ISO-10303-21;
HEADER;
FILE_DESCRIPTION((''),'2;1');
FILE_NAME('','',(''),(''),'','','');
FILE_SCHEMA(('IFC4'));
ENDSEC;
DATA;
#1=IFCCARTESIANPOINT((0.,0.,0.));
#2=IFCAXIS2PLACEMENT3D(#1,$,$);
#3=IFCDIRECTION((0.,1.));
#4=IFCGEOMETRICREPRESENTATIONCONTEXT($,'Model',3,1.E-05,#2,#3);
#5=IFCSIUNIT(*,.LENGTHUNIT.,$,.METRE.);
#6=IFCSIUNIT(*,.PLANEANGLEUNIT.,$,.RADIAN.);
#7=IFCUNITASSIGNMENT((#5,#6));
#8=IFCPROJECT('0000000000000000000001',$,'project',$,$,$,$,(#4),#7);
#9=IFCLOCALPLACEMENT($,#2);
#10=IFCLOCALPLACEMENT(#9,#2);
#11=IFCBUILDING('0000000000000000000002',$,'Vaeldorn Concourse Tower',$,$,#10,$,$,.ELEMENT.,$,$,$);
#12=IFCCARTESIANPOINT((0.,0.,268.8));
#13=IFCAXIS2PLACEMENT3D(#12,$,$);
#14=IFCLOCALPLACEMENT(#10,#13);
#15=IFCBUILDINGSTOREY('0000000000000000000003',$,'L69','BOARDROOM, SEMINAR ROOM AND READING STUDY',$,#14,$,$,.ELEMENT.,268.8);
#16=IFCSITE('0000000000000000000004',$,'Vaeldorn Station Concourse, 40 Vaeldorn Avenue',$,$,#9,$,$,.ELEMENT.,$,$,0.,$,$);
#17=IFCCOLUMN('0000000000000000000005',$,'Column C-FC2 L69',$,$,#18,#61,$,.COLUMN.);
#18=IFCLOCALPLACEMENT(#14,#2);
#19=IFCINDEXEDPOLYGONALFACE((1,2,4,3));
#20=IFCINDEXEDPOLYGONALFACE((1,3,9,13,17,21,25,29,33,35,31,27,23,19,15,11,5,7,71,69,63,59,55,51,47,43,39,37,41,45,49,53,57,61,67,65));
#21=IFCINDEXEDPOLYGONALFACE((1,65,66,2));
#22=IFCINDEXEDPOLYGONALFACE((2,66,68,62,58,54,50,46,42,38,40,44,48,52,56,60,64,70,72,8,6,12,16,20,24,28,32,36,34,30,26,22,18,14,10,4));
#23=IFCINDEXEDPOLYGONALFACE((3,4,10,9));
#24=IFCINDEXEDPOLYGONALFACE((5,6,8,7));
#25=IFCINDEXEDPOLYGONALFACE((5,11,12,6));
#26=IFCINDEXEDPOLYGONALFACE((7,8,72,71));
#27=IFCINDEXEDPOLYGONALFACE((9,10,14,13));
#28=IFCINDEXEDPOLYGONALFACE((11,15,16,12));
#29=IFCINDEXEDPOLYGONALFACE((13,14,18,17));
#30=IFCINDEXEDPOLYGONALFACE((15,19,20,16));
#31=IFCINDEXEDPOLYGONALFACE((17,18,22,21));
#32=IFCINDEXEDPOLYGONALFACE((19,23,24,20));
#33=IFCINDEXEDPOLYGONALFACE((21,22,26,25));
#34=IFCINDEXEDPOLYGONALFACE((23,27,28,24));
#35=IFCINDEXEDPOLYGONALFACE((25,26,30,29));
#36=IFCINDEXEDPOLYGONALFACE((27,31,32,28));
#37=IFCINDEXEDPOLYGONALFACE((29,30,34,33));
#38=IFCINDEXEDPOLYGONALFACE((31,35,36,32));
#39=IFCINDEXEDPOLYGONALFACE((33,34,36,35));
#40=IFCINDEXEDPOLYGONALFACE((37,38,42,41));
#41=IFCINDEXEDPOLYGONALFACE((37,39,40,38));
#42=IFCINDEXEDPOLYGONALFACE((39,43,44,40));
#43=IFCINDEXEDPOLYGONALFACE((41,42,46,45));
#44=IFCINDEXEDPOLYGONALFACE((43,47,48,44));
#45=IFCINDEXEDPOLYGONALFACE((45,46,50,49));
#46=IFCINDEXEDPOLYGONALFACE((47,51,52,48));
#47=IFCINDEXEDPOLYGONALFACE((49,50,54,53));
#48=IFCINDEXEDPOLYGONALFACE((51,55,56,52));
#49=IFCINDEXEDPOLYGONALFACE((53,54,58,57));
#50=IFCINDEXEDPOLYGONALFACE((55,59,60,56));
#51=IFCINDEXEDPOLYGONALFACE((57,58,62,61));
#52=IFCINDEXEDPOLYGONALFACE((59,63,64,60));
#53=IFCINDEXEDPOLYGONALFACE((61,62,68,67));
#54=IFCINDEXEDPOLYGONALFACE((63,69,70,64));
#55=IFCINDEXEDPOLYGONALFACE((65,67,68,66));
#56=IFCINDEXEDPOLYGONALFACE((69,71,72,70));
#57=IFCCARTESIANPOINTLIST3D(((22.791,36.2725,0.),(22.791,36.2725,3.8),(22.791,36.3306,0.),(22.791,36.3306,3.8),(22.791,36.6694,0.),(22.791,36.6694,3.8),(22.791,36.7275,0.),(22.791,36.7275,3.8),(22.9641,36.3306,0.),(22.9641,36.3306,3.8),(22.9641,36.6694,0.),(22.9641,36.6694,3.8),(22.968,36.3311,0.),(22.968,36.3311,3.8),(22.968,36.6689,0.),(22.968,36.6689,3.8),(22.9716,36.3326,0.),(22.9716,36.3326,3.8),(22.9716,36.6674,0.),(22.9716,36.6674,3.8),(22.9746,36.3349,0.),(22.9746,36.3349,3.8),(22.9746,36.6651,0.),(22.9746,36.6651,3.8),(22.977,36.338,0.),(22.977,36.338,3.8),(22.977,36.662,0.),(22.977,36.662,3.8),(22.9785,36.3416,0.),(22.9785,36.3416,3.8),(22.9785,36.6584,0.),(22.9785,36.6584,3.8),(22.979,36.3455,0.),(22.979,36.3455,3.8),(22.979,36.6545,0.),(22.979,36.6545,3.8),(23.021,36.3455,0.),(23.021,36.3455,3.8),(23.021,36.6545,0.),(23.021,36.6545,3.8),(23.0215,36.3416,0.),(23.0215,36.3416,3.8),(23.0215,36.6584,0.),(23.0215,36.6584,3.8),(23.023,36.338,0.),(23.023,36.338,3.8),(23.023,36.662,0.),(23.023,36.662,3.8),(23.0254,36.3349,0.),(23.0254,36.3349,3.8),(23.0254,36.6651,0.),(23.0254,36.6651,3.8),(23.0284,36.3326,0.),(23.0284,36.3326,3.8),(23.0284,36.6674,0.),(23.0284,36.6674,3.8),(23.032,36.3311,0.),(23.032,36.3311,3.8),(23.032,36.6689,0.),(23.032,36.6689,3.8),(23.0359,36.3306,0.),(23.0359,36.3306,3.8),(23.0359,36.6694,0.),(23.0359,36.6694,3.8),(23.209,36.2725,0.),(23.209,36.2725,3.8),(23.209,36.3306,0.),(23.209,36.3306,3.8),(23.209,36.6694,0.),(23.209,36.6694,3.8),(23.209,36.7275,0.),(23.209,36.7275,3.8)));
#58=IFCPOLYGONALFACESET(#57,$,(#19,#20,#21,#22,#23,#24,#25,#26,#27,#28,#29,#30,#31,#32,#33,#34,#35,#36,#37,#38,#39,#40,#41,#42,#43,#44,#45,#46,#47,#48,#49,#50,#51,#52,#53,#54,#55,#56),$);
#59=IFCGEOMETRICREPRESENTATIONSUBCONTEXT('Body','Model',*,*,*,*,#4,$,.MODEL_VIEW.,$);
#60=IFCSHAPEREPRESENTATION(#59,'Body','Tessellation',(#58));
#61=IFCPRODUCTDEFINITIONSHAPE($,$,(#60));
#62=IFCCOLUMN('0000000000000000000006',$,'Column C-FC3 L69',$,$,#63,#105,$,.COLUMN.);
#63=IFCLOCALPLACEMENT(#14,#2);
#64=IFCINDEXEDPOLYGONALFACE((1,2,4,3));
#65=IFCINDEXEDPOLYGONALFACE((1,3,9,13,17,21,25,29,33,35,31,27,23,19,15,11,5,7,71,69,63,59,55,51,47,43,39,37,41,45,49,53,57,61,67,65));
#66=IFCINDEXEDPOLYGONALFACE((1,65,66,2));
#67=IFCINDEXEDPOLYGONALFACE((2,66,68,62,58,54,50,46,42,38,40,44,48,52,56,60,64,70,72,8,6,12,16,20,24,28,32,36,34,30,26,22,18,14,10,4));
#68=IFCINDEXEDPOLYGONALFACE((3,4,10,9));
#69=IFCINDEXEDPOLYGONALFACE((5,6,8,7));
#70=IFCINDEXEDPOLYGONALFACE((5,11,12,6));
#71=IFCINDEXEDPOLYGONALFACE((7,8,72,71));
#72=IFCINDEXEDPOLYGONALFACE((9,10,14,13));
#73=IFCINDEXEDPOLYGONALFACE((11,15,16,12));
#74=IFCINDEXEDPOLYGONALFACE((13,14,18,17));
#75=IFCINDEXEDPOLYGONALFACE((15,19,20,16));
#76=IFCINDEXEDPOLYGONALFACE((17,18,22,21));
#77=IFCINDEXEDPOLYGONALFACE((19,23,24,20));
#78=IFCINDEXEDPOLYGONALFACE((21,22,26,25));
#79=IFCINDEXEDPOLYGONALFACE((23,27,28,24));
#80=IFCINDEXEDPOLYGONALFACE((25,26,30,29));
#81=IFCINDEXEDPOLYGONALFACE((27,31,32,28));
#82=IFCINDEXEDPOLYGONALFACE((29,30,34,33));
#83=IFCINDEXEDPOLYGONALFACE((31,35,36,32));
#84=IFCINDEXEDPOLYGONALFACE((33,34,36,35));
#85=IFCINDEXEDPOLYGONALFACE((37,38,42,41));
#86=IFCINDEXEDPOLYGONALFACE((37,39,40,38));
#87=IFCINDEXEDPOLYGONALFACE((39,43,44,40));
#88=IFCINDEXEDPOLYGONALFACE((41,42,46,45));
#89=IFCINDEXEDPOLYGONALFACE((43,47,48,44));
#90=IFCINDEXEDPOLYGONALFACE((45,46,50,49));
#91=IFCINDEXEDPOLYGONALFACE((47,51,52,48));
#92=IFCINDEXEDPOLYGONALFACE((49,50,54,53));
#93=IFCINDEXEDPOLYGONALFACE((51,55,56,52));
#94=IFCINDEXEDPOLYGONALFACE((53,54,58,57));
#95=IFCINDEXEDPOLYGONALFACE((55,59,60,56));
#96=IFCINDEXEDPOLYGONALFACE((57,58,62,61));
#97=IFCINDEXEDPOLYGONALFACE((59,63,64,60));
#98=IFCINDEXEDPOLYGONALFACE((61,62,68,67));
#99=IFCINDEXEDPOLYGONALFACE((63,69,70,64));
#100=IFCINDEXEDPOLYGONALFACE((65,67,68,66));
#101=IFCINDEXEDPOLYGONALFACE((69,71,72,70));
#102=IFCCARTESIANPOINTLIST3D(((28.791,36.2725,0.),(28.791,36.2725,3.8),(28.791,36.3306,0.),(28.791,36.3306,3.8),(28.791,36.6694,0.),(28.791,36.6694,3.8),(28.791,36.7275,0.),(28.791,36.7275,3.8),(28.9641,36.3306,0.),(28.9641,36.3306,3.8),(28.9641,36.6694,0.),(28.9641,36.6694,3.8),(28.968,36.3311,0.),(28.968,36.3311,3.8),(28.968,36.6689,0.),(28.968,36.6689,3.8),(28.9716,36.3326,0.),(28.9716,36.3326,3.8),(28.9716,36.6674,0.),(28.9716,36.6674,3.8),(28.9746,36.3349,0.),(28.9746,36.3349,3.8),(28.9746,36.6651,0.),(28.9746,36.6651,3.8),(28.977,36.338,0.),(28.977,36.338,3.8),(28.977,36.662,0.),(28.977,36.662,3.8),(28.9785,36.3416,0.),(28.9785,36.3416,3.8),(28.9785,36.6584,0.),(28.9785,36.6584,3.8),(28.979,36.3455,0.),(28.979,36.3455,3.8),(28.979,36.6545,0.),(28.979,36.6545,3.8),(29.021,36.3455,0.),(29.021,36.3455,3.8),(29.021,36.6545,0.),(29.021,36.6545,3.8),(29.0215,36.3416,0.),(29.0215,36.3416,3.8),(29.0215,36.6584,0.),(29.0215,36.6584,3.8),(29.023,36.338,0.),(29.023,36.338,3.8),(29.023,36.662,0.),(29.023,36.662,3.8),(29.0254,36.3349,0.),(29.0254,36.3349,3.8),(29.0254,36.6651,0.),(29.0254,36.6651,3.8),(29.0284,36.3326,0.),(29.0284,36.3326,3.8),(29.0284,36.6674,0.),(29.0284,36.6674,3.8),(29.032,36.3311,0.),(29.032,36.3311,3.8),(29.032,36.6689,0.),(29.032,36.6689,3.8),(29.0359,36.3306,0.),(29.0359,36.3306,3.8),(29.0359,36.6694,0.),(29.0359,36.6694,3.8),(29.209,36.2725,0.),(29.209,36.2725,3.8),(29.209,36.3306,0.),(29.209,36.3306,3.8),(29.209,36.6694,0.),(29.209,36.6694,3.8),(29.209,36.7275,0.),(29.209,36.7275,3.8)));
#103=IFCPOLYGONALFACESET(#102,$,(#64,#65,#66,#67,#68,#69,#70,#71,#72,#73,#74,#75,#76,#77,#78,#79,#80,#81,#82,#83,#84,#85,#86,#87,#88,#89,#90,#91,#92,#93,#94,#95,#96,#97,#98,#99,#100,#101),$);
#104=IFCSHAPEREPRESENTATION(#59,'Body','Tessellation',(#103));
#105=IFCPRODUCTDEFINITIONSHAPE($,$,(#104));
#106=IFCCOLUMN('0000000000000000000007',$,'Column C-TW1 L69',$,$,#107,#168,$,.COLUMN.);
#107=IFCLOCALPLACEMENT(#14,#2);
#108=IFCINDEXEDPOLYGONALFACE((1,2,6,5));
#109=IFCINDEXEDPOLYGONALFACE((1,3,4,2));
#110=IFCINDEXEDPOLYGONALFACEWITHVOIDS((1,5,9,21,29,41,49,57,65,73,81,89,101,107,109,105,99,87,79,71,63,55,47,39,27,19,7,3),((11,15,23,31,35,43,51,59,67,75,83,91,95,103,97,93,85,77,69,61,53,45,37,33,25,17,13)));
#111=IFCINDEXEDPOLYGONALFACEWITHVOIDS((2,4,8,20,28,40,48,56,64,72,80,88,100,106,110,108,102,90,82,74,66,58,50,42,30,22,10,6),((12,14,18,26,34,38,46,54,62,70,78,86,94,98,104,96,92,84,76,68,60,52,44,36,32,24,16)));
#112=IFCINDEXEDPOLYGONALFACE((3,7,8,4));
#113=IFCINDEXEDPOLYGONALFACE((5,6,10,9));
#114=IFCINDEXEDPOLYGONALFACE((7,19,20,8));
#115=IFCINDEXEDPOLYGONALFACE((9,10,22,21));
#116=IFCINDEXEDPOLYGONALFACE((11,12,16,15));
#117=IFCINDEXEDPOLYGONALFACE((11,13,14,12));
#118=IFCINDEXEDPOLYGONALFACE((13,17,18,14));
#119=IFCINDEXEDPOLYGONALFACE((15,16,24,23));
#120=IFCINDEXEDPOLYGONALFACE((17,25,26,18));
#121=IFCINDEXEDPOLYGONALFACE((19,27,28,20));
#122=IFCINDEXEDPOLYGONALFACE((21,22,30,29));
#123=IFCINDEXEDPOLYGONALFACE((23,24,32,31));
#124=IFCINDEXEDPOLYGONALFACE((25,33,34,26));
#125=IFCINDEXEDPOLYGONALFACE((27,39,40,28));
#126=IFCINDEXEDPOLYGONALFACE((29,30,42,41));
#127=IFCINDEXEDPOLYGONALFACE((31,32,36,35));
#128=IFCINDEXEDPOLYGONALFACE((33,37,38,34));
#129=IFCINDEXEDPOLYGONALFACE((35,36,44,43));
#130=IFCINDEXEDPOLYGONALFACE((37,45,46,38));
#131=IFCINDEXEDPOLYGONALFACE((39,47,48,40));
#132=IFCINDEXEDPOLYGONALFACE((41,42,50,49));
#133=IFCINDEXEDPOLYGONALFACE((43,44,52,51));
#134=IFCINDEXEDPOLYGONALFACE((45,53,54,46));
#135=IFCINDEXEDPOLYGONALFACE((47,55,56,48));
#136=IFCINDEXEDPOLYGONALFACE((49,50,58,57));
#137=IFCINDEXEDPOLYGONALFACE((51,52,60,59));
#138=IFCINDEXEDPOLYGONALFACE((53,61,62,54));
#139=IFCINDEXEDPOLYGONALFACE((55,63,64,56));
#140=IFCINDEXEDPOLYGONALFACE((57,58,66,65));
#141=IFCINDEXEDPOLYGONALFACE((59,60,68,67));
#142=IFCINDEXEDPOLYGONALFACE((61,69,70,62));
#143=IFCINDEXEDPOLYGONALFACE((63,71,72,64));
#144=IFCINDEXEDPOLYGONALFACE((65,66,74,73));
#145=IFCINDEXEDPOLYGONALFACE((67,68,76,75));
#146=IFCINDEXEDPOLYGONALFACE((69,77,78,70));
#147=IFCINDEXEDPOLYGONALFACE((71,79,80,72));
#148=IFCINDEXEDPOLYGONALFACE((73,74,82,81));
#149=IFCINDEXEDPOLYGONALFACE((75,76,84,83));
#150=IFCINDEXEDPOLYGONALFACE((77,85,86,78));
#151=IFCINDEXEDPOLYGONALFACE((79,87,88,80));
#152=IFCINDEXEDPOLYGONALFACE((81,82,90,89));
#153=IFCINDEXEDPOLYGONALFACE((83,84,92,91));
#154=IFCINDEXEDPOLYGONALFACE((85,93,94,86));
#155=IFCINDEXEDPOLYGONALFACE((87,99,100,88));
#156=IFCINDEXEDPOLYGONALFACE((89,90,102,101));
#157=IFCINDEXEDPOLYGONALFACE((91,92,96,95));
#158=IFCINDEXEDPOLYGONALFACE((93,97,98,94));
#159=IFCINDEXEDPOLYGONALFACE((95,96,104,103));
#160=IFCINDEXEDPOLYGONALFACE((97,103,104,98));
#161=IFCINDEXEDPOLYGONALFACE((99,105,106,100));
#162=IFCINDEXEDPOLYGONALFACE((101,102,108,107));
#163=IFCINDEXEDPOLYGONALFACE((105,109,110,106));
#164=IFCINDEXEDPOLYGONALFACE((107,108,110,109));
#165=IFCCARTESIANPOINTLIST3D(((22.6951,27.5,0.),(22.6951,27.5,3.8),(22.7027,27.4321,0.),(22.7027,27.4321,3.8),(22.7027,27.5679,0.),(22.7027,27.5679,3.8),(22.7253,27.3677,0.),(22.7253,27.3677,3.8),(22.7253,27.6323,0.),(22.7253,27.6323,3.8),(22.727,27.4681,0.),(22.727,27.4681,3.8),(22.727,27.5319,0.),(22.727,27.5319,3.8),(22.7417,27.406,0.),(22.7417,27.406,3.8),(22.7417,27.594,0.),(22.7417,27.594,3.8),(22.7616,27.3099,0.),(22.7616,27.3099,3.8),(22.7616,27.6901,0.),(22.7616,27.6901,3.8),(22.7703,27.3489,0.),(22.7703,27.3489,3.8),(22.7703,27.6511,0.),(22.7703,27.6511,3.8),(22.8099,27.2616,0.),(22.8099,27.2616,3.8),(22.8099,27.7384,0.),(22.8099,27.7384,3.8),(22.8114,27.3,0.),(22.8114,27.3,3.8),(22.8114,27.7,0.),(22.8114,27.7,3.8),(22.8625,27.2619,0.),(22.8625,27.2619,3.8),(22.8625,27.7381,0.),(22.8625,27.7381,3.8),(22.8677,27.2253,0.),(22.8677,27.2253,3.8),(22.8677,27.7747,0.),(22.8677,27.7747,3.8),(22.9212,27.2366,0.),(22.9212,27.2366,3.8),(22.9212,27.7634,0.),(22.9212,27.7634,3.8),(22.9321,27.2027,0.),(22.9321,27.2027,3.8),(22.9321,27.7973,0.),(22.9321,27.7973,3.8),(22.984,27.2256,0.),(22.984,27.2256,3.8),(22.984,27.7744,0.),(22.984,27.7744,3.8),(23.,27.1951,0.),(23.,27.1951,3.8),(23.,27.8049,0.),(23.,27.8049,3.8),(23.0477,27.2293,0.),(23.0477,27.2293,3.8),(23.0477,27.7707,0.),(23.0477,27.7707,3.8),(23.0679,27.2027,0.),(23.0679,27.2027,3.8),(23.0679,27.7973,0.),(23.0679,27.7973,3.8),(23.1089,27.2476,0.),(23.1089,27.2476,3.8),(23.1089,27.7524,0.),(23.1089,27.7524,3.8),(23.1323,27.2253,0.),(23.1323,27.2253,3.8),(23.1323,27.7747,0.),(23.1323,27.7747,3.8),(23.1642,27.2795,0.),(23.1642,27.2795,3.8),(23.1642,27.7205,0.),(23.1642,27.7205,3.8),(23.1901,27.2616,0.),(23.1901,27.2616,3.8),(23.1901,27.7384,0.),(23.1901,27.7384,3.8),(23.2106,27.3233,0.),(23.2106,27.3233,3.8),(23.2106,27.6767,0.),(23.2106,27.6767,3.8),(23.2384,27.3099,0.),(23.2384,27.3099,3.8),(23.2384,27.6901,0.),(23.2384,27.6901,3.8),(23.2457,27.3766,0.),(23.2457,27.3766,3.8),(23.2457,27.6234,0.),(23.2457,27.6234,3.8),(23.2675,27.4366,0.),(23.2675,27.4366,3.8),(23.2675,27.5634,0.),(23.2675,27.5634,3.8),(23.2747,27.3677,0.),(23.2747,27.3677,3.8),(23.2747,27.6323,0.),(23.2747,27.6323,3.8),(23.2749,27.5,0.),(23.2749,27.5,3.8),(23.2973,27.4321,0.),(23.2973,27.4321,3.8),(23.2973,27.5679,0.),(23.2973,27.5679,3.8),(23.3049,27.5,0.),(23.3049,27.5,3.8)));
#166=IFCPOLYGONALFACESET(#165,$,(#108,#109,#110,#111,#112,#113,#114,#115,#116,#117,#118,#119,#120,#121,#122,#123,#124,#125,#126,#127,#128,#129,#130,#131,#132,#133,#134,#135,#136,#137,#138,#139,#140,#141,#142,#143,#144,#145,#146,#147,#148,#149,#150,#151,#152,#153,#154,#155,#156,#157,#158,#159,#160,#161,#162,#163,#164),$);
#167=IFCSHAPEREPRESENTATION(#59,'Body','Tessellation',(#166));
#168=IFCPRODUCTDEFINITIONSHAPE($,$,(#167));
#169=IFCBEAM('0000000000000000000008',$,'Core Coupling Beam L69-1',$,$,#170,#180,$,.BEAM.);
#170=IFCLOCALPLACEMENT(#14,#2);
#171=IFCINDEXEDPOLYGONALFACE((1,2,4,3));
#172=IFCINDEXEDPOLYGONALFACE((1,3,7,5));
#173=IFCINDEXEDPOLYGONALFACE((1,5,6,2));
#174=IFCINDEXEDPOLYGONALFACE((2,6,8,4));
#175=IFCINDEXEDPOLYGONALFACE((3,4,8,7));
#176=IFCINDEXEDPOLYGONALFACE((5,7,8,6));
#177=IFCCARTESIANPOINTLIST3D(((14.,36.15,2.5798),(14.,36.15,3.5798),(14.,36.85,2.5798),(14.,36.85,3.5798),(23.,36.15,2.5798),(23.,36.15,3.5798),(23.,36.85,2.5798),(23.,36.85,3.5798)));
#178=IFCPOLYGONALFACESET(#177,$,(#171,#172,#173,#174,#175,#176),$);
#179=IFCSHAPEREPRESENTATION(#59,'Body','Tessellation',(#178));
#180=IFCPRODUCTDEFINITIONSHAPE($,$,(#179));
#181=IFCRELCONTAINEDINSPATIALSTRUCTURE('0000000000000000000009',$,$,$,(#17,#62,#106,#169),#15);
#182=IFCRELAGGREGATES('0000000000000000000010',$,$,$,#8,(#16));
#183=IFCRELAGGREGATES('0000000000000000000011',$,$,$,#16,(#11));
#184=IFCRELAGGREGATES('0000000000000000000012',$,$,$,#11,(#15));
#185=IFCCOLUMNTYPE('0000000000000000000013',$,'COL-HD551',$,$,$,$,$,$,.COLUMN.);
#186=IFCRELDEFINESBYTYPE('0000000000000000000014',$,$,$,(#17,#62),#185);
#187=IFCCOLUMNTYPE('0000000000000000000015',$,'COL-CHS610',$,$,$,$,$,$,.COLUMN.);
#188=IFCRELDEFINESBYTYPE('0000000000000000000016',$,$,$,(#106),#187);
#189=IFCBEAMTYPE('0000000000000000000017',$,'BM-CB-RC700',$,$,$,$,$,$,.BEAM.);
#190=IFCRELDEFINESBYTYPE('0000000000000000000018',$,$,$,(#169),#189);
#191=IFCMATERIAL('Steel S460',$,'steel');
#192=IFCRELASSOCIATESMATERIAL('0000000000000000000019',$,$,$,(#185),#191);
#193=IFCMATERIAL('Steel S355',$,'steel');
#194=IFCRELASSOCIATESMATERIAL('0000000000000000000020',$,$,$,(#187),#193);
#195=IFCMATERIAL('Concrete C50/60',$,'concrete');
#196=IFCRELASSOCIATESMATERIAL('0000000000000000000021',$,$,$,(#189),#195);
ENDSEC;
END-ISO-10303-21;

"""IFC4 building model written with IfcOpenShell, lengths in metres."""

from ifc_helpers import new_model, si_unit, direction, frame, origin, origin_2d, place, context, subcontext, project, spatial, rectangle, hollow_circle, i_section, extrude, source, transform, mapped, material, material_profile, profile_set, type_object, element, save


model = new_model("IFC4")

# Units and contexts
model_context = context("Model", 3, precision=1e-05, world=origin(), true_north=direction((0.0, 1.0)))
body_context = subcontext(model_context, "Body", "Model", "MODEL_VIEW")
ifc_project = project(units=[si_unit("LENGTHUNIT", "METRE"), si_unit("PLANEANGLEUNIT", "RADIAN")], contexts=[model_context])

# Site, building, storey
site_placement = place(None, origin())
site = spatial("IfcSite", under=ifc_project, at=site_placement, Name="Vaeldorn Station Concourse, 40 Vaeldorn Avenue", CompositionType="ELEMENT", RefElevation=0.0)
building_placement = place(site_placement, origin())
building = spatial("IfcBuilding", under=site, at=building_placement, Name="Vaeldorn Concourse Tower", CompositionType="ELEMENT")
storey_placement = place(building_placement, frame((0.0, 0.0, 268.8)))
storey = spatial("IfcBuildingStorey", under=building, at=storey_placement, Name="L69", Description="BOARDROOM, SEMINAR ROOM AND READING STUDY", CompositionType="ELEMENT", Elevation=268.8)

# Columns
ifc_material_1 = material(Name="Steel S460", Category="steel")
ifc_material_profile_1 = material_profile(ifc_material_1, i_section(OverallWidth=0.418, OverallDepth=0.4551, WebThickness=0.042, FlangeThickness=0.0581, FilletRadius=0.0149, at=origin_2d()), Name="HD 400x551")
ifc_profile_set_1 = profile_set([ifc_material_profile_1], Name="Steel S460")
column_type_1 = type_object("IfcColumnType", Name="COL-HD551", PredefinedType="COLUMN", material=ifc_profile_set_1)
shared_shape_1 = source(origin(), body_context, "Body", "SweptSolid", [
    extrude(i_section(OverallWidth=0.418, OverallDepth=0.4551, WebThickness=0.042, FlangeThickness=0.0581, FilletRadius=0.0149, at=origin_2d()), origin(), (0.0, 0.0, 1.0), 3.8),
])
for number, where, z_axis, x_axis, name in (
    (1, (23.0, 36.5, 0.0), (0.0, 0.0, 1.0), (1.0, 0.0, 0.0), "Column C-FC2 L69"),
    (2, (29.0, 36.5, 0.0), (0.0, 0.0, 1.0), (1.0, 0.0, 0.0), "Column C-FC3 L69"),
):
    element("IfcColumn", number, at=place(storey_placement, frame(where, z_axis=z_axis, x_axis=x_axis)), inside=storey, type_object=column_type_1, Name=name, PredefinedType="COLUMN", context=body_context, shape_type="MappedRepresentation", body=[
        mapped(shared_shape_1, transform((0.0, 0.0, 0.0), scale=1.0)),
    ])
ifc_material_2 = material(Name="Steel S355", Category="steel")
ifc_material_profile_2 = material_profile(ifc_material_2, hollow_circle(Radius=0.3049, WallThickness=0.03, at=origin_2d()), Name="CHS 610x30")
ifc_profile_set_2 = profile_set([ifc_material_profile_2], Name="Steel S355")
column_type_2 = type_object("IfcColumnType", Name="COL-CHS610", PredefinedType="COLUMN", material=ifc_profile_set_2)
shared_shape_2 = source(origin(), body_context, "Body", "SweptSolid", [
    extrude(hollow_circle(Radius=0.3049, WallThickness=0.03, at=origin_2d()), origin(), (0.0, 0.0, 1.0), 3.8),
])
column_placement = place(storey_placement, frame((23.0, 27.5, 0.0), z_axis=(0.0, 0.0, 1.0), x_axis=(1.0, 0.0, 0.0)))
element("IfcColumn", 3, at=column_placement, inside=storey, type_object=column_type_2, Name="Column C-TW1 L69", PredefinedType="COLUMN", context=body_context, shape_type="MappedRepresentation", body=[
    mapped(shared_shape_2, transform((0.0, 0.0, 0.0), scale=1.0)),
])

# Beam
ifc_material_3 = material(Name="Concrete C50/60", Category="concrete")
ifc_material_profile_3 = material_profile(ifc_material_3, rectangle(XDim=0.7, YDim=1.0, at=origin_2d()), Name="RC 700x1000")
ifc_profile_set_3 = profile_set([ifc_material_profile_3], Name="Concrete C50/60")
beam_type_1 = type_object("IfcBeamType", Name="BM-CB-RC700", PredefinedType="BEAM", material=ifc_profile_set_3)
shared_shape_3 = source(origin(), body_context, "Body", "SweptSolid", [
    extrude(rectangle(XDim=0.7, YDim=1.0, at=origin_2d()), origin(), (0.0, 0.0, 1.0), 9.0),
])
beam_1_placement = place(storey_placement, frame((14.0, 36.5, 3.0798), z_axis=(1.0, 0.0, 0.0), x_axis=(0.0, 1.0, 0.0)))
element("IfcBeam", 4, at=beam_1_placement, inside=storey, type_object=beam_type_1, Name="Core Coupling Beam L69-1", PredefinedType="BEAM", context=body_context, shape_type="MappedRepresentation", body=[
    mapped(shared_shape_3, transform((0.0, 0.0, 0.0), scale=1.0)),
])

save(model, "model.ifc")
